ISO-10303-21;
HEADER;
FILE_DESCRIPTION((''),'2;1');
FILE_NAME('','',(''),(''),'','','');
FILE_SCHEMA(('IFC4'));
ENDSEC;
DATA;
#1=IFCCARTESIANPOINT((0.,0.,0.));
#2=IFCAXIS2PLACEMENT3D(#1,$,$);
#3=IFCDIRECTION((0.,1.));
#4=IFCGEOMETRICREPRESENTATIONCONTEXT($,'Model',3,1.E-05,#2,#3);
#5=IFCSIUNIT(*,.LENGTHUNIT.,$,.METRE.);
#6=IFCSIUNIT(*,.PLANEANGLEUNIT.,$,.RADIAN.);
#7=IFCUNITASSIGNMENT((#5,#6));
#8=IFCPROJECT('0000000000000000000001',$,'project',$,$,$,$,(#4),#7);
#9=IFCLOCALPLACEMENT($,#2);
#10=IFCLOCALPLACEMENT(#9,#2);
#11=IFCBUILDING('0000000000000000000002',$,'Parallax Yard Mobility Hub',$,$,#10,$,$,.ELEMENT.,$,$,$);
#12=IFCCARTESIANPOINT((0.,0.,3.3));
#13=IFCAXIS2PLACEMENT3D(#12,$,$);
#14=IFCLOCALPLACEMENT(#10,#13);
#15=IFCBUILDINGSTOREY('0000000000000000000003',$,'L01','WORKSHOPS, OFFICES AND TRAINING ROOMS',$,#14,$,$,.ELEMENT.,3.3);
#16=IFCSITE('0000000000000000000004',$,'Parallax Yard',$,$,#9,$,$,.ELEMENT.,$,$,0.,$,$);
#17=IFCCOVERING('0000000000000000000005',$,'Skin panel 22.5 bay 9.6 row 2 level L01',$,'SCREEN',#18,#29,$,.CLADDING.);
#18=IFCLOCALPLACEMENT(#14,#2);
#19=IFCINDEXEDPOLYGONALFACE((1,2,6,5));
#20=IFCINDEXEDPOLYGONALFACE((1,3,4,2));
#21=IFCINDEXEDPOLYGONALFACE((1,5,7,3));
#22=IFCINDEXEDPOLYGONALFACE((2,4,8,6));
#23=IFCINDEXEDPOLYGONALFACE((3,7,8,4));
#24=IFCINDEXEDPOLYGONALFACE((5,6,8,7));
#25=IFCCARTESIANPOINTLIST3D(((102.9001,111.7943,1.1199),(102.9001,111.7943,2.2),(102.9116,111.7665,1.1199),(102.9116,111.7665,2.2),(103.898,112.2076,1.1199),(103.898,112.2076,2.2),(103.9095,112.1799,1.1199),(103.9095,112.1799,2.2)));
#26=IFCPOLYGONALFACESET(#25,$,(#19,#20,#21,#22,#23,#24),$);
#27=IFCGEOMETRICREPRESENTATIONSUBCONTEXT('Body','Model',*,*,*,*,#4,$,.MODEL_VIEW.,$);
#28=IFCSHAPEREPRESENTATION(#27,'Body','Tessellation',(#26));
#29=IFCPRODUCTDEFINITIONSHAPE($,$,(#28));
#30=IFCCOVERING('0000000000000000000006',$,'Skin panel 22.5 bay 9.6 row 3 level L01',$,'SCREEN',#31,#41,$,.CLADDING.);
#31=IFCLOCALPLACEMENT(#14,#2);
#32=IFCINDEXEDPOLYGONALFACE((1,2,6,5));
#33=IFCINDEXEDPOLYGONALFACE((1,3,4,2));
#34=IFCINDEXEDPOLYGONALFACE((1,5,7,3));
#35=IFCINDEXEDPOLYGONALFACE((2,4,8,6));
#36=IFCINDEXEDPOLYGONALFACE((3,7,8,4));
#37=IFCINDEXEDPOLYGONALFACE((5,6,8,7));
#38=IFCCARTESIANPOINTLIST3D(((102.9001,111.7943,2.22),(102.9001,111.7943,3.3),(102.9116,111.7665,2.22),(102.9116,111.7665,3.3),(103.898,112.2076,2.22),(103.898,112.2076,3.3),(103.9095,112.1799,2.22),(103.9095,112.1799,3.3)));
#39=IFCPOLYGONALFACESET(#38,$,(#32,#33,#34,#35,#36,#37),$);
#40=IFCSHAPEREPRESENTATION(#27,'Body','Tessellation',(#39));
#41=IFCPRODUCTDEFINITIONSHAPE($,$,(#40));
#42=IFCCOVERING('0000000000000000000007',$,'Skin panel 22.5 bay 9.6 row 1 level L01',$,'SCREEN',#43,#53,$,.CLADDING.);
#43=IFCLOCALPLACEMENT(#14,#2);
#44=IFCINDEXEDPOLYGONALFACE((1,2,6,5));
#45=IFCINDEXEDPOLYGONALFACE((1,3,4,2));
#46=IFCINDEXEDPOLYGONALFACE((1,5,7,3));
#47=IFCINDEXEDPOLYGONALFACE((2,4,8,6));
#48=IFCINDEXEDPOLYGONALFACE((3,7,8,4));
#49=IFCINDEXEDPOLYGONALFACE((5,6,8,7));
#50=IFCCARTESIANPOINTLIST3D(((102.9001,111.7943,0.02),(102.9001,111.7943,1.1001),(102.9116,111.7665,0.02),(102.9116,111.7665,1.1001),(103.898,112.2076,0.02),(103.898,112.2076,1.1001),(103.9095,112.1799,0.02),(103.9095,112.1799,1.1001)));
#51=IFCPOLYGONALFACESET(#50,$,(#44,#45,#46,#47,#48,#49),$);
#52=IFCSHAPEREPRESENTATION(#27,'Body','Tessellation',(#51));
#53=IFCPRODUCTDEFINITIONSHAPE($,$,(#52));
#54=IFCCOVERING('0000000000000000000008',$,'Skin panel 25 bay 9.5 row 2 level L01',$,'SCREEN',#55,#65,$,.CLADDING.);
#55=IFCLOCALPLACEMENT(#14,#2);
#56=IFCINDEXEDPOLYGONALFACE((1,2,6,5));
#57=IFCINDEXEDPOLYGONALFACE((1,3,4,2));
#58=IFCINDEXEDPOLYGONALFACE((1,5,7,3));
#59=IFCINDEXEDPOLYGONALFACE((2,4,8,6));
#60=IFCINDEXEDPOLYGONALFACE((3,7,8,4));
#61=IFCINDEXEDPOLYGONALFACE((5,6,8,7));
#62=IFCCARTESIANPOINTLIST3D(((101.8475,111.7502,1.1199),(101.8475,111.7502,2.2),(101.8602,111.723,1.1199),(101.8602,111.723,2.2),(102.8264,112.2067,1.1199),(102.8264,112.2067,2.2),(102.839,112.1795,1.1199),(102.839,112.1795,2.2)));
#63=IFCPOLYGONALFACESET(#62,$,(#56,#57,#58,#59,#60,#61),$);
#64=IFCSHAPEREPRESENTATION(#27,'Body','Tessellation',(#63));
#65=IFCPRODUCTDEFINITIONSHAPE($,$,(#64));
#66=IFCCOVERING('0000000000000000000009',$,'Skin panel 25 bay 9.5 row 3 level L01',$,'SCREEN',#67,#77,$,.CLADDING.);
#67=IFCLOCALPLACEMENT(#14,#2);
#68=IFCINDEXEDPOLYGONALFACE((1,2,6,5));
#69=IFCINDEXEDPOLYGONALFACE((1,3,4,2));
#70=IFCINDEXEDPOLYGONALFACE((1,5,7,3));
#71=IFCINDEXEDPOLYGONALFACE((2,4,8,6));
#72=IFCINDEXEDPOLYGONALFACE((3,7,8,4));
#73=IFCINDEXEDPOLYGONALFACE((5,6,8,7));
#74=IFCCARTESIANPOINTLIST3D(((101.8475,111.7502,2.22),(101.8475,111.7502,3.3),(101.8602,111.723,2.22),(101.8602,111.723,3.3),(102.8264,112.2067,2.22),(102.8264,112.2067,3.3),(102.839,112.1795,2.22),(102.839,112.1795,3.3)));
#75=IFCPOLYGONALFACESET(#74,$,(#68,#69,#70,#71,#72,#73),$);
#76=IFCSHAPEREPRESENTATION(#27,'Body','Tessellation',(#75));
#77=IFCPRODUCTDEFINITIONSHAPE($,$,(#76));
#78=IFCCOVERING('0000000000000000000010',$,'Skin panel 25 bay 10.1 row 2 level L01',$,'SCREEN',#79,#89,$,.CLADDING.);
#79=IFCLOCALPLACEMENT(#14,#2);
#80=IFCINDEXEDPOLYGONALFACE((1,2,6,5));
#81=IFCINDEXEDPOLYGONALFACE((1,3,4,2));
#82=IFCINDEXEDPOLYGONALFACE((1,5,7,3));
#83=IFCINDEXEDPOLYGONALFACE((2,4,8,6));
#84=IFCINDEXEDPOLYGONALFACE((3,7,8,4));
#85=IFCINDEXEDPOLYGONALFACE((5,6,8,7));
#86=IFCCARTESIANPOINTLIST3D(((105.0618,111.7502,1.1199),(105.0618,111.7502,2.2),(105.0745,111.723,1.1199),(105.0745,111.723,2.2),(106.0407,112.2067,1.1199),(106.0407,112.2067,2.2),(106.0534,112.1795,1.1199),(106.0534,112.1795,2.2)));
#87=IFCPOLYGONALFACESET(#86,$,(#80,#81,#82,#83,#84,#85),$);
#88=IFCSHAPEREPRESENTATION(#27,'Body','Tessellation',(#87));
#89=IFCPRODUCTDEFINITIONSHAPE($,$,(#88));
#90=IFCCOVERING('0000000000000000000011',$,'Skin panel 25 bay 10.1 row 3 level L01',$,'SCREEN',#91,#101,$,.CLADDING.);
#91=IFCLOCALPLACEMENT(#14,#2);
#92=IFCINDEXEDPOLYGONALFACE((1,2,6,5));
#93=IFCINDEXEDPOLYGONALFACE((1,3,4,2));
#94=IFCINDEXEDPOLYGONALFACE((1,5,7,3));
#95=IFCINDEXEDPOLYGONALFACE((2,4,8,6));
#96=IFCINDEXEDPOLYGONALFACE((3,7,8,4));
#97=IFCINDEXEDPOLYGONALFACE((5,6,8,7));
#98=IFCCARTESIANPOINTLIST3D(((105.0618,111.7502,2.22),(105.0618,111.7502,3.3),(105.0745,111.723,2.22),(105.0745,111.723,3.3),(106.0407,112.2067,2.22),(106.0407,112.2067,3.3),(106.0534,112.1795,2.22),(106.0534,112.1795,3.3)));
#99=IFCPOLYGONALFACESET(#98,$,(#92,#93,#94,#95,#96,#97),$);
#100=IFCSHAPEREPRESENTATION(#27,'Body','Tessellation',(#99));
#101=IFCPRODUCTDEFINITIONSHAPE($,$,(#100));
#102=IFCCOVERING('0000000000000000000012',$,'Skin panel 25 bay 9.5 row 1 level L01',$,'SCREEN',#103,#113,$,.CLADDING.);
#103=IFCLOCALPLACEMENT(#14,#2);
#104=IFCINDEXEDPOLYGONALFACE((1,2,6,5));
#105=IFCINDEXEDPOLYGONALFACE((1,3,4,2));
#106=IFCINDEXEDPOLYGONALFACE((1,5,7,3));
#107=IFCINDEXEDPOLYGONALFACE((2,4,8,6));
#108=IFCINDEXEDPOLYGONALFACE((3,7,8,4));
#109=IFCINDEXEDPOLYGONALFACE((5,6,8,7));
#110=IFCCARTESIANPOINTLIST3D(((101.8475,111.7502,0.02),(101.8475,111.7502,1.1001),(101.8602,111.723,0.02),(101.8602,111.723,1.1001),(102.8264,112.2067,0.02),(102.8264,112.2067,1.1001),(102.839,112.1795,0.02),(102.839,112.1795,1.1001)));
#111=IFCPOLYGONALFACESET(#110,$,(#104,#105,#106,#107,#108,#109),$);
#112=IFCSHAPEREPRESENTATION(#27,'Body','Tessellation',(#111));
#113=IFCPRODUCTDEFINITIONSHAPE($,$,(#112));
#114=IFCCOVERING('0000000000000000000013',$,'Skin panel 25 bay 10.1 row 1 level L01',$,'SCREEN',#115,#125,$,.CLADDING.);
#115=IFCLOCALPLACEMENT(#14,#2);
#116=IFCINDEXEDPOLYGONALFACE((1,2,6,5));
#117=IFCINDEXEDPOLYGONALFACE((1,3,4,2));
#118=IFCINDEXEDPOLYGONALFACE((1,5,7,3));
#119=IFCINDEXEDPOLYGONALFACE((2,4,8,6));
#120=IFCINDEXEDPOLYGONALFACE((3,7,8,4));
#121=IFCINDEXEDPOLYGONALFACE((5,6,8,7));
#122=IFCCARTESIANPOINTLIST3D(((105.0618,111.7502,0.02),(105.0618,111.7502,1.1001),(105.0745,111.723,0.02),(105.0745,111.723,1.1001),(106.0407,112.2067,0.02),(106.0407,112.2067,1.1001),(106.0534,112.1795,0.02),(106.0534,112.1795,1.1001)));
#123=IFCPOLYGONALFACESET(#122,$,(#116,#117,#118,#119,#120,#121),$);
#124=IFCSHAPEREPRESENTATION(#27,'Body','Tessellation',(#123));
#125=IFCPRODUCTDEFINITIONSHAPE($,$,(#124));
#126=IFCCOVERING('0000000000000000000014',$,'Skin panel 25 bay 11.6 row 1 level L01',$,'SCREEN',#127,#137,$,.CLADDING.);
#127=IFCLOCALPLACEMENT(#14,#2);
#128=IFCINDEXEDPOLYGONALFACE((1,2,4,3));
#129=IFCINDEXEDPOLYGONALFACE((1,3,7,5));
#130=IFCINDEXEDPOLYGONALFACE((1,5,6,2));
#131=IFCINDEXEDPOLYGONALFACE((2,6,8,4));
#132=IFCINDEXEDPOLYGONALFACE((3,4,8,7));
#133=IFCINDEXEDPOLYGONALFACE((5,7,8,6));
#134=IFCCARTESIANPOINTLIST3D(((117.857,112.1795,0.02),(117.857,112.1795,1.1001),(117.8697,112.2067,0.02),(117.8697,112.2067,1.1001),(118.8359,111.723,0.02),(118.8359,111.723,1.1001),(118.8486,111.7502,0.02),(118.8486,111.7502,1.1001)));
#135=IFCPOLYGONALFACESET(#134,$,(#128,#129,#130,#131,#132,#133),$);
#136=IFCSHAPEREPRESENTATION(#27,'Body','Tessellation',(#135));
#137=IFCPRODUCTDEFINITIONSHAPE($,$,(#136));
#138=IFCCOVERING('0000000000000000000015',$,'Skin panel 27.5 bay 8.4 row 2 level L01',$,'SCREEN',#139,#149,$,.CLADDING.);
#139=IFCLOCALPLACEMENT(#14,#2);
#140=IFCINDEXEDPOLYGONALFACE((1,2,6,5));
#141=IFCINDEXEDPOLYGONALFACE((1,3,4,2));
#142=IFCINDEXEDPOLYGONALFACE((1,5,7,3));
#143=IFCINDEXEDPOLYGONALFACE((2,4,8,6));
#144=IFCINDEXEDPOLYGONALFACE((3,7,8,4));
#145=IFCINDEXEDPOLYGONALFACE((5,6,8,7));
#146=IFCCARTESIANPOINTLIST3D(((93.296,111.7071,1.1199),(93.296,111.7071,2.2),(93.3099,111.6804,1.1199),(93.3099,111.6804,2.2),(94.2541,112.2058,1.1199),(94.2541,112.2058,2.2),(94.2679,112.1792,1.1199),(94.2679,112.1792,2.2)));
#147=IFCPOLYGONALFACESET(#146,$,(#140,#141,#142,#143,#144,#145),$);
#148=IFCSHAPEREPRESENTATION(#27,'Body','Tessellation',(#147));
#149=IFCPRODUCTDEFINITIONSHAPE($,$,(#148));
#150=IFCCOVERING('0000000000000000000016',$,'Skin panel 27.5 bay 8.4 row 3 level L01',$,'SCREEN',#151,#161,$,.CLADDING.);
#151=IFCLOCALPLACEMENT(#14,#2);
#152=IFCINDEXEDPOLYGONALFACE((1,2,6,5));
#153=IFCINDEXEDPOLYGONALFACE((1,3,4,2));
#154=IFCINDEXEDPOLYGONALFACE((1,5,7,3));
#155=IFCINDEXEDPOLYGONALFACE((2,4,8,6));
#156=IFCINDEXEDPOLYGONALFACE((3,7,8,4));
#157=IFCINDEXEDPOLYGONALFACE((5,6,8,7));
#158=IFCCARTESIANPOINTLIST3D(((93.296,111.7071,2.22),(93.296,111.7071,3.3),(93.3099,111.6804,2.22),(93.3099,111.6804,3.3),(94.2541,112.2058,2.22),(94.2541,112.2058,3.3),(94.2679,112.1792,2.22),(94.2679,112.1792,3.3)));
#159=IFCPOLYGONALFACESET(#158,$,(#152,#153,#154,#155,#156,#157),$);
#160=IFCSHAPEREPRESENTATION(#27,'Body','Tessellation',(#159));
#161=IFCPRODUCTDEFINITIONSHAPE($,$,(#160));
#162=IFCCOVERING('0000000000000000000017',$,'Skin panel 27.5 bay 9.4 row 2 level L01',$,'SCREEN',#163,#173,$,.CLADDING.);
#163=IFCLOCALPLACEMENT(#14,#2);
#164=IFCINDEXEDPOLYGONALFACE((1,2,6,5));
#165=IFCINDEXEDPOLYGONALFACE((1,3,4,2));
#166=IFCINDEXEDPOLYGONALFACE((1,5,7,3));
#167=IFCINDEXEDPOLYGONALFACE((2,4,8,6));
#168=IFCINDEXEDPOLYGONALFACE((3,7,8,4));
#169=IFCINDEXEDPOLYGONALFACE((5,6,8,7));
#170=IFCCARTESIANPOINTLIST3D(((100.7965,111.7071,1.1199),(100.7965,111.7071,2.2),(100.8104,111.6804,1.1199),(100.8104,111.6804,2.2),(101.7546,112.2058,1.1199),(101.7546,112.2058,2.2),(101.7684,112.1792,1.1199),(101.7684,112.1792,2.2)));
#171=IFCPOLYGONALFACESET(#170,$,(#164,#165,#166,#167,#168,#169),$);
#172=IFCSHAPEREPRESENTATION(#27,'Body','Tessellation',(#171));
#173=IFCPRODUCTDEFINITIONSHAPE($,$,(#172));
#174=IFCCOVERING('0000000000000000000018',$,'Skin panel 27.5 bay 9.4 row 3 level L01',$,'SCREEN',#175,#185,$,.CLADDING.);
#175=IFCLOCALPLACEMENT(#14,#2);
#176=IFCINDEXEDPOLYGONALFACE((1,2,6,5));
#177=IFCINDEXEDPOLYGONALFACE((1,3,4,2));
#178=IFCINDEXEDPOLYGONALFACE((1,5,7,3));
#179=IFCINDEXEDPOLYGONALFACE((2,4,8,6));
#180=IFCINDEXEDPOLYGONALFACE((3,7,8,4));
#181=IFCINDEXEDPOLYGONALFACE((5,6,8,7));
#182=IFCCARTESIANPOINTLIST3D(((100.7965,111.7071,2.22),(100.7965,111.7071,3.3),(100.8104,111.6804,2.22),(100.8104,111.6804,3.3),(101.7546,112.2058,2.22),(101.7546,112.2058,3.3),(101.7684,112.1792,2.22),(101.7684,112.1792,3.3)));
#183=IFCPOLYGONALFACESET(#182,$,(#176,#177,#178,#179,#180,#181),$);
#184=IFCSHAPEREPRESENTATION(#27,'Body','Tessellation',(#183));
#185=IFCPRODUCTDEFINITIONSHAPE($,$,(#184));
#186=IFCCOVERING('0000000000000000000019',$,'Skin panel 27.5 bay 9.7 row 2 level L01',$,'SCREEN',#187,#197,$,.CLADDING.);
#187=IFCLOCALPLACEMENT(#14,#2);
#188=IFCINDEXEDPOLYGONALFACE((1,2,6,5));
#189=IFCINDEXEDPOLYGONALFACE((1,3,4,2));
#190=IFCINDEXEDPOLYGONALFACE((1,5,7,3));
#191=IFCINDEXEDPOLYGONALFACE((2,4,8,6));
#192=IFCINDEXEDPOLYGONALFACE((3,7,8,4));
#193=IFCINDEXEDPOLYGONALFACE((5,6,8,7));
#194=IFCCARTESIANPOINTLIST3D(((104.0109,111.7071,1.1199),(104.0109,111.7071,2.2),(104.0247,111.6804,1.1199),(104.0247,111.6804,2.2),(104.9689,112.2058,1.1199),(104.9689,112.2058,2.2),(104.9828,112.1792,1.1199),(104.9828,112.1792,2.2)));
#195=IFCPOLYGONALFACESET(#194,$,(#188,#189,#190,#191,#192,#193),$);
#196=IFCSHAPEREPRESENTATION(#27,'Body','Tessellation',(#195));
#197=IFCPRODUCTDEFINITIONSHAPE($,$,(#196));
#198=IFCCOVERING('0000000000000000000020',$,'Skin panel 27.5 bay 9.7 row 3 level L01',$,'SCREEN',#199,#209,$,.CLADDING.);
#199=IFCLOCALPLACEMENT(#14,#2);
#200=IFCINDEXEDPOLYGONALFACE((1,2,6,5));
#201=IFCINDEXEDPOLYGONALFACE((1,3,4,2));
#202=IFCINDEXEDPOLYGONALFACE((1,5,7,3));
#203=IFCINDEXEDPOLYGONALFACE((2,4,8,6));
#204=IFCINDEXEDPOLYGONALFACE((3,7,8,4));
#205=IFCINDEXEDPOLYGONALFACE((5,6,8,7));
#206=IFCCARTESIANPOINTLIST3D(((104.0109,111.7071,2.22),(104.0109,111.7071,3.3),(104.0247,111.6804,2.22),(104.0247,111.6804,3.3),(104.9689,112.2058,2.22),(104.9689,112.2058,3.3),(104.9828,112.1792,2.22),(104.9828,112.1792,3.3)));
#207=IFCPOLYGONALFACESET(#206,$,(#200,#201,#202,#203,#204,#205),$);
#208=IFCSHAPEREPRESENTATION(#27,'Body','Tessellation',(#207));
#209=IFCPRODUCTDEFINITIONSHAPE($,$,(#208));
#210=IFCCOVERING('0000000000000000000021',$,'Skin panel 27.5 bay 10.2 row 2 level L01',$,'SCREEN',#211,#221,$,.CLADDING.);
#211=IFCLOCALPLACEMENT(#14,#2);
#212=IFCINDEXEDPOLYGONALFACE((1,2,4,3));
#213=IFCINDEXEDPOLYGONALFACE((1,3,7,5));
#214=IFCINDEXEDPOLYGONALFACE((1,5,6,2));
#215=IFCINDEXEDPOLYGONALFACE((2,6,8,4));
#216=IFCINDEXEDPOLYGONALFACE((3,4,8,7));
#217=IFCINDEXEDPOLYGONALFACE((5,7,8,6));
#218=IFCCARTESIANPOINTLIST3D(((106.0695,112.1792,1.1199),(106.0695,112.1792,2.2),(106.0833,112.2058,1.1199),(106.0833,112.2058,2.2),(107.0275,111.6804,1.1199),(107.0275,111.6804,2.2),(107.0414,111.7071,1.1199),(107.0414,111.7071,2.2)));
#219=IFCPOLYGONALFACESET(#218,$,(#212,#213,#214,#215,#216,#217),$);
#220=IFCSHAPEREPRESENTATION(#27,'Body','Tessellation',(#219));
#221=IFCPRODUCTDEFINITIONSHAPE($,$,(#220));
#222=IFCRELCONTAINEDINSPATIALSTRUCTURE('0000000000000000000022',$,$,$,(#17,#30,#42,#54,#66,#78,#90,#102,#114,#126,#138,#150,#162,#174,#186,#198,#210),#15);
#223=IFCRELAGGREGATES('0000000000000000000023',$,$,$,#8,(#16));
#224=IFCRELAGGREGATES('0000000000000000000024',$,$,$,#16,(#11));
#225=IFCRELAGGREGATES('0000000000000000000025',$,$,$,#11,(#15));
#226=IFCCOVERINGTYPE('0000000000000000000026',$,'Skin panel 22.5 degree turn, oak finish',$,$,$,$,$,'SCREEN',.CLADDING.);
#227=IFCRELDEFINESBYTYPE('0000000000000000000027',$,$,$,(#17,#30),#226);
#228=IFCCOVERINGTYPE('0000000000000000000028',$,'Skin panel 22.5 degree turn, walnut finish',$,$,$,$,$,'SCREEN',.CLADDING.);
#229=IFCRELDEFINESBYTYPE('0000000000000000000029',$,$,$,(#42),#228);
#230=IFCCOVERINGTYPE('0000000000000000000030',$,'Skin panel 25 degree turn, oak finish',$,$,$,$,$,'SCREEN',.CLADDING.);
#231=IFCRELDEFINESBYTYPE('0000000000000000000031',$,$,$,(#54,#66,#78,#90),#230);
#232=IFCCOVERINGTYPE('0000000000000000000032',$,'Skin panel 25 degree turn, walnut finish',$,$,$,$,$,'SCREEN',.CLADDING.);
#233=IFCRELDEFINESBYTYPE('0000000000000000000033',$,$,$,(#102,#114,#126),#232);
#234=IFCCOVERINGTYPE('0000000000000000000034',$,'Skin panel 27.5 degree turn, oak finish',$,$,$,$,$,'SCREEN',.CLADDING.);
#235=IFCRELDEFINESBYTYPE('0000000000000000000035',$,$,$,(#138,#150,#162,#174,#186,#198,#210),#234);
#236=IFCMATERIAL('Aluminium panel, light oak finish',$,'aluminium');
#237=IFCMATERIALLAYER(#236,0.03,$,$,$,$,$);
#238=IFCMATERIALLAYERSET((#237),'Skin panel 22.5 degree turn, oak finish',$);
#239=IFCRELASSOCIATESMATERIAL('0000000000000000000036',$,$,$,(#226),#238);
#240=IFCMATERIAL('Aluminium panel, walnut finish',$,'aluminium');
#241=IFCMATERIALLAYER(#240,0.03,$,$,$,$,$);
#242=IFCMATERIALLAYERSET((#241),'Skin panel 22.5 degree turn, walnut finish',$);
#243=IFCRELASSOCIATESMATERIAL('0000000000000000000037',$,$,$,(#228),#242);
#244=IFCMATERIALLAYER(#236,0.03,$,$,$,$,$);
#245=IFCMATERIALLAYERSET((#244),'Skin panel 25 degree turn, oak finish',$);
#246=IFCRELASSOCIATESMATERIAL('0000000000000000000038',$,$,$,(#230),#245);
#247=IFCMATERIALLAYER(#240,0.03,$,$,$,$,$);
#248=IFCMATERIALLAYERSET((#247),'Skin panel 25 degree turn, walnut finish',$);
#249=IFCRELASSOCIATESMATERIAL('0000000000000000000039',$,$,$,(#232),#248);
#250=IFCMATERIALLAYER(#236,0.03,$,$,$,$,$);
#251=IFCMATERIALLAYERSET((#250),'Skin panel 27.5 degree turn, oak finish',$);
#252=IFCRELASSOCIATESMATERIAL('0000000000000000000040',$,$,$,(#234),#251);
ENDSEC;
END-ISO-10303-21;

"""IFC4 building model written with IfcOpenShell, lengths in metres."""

from ifc_helpers import new_model, si_unit, direction, frame, origin, origin_2d, place, context, subcontext, project, spatial, rectangle, extrude, material, layer, layer_set, type_object, element, save


model = new_model("IFC4")

# Units and contexts
model_context = context("Model", 3, precision=1e-05, world=origin(), true_north=direction((0.0, 1.0)))
body_context = subcontext(model_context, "Body", "Model", "MODEL_VIEW")
ifc_project = project(units=[si_unit("LENGTHUNIT", "METRE"), si_unit("PLANEANGLEUNIT", "RADIAN")], contexts=[model_context])

# Site, building, storey
site_placement = place(None, origin())
site = spatial("IfcSite", under=ifc_project, at=site_placement, Name="Parallax Yard", CompositionType="ELEMENT", RefElevation=0.0)
building_placement = place(site_placement, origin())
building = spatial("IfcBuilding", under=site, at=building_placement, Name="Parallax Yard Mobility Hub", CompositionType="ELEMENT")
storey_placement = place(building_placement, frame((0.0, 0.0, 3.3)))
storey = spatial("IfcBuildingStorey", under=building, at=storey_placement, Name="L01", Description="WORKSHOPS, OFFICES AND TRAINING ROOMS", CompositionType="ELEMENT", Elevation=3.3)

# Coverings
ifc_material_1 = material(Name="Aluminium panel, light oak finish", Category="aluminium")
ifc_layer_1 = layer(ifc_material_1, 0.03)
ifc_layer_set_1 = layer_set([ifc_layer_1], Name="Skin panel 22.5 degree turn, oak finish")
covering_type_1 = type_object("IfcCoveringType", Name="Skin panel 22.5 degree turn, oak finish", ElementType="SCREEN", PredefinedType="CLADDING", material=ifc_layer_set_1)
for number, where, z_axis, x_axis, name in (
    (1, (103.4048, 111.9871, 1.1199), (0.0, 0.0, 1.0), (-0.92388, -0.382683, 0.0), "Skin panel 22.5 bay 9.6 row 2 level L01"),
    (2, (103.4048, 111.9871, 2.22), (0.0, 0.0, 1.0), (-0.92388, -0.382683, 0.0), "Skin panel 22.5 bay 9.6 row 3 level L01"),
):
    element("IfcCovering", number, at=place(storey_placement, frame(where, z_axis=z_axis, x_axis=x_axis)), inside=storey, type_object=covering_type_1, Name=name, ObjectType="SCREEN", PredefinedType="CLADDING", context=body_context, shape_type="SweptSolid", body=[
        extrude(rectangle(XDim=1.0801, YDim=0.03, at=origin_2d()), origin(), (0.0, 0.0, 1.0), 1.0801),
    ])
ifc_material_2 = material(Name="Aluminium panel, walnut finish", Category="aluminium")
ifc_layer_2 = layer(ifc_material_2, 0.03)
ifc_layer_set_2 = layer_set([ifc_layer_2], Name="Skin panel 22.5 degree turn, walnut finish")
covering_type_2 = type_object("IfcCoveringType", Name="Skin panel 22.5 degree turn, walnut finish", ElementType="SCREEN", PredefinedType="CLADDING", material=ifc_layer_set_2)
covering_placement = place(storey_placement, frame((103.4048, 111.9871, 0.02), z_axis=(0.0, 0.0, 1.0), x_axis=(-0.92388, -0.382683, 0.0)))
element("IfcCovering", 3, at=covering_placement, inside=storey, type_object=covering_type_2, Name="Skin panel 22.5 bay 9.6 row 1 level L01", ObjectType="SCREEN", PredefinedType="CLADDING", context=body_context, shape_type="SweptSolid", body=[
    extrude(rectangle(XDim=1.0801, YDim=0.03, at=origin_2d()), origin(), (0.0, 0.0, 1.0), 1.0801),
])
ifc_layer_3 = layer(ifc_material_1, 0.03)
ifc_layer_set_3 = layer_set([ifc_layer_3], Name="Skin panel 25 degree turn, oak finish")
covering_type_3 = type_object("IfcCoveringType", Name="Skin panel 25 degree turn, oak finish", ElementType="SCREEN", PredefinedType="CLADDING", material=ifc_layer_set_3)
for number, where, z_axis, x_axis, name in (
    (4, (102.3433, 111.9648, 1.1199), (0.0, 0.0, 1.0), (-0.906308, -0.422618, 0.0), "Skin panel 25 bay 9.5 row 2 level L01"),
    (5, (102.3433, 111.9648, 2.22), (0.0, 0.0, 1.0), (-0.906308, -0.422618, 0.0), "Skin panel 25 bay 9.5 row 3 level L01"),
    (6, (105.5576, 111.9648, 1.1199), (0.0, 0.0, 1.0), (-0.906308, -0.422618, 0.0), "Skin panel 25 bay 10.1 row 2 level L01"),
    (7, (105.5576, 111.9648, 2.22), (0.0, 0.0, 1.0), (-0.906308, -0.422618, 0.0), "Skin panel 25 bay 10.1 row 3 level L01"),
):
    element("IfcCovering", number, at=place(storey_placement, frame(where, z_axis=z_axis, x_axis=x_axis)), inside=storey, type_object=covering_type_3, Name=name, ObjectType="SCREEN", PredefinedType="CLADDING", context=body_context, shape_type="SweptSolid", body=[
        extrude(rectangle(XDim=1.0801, YDim=0.03, at=origin_2d()), origin(), (0.0, 0.0, 1.0), 1.0801),
    ])
ifc_layer_4 = layer(ifc_material_2, 0.03)
ifc_layer_set_4 = layer_set([ifc_layer_4], Name="Skin panel 25 degree turn, walnut finish")
covering_type_4 = type_object("IfcCoveringType", Name="Skin panel 25 degree turn, walnut finish", ElementType="SCREEN", PredefinedType="CLADDING", material=ifc_layer_set_4)
for number, where, z_axis, x_axis, name in (
    (8, (102.3433, 111.9648, 0.02), (0.0, 0.0, 1.0), (-0.906308, -0.422618, 0.0), "Skin panel 25 bay 9.5 row 1 level L01"),
    (9, (105.5576, 111.9648, 0.02), (0.0, 0.0, 1.0), (-0.906308, -0.422618, 0.0), "Skin panel 25 bay 10.1 row 1 level L01"),
    (10, (118.3528, 111.9648, 0.02), (0.0, 0.0, 1.0), (0.906308, -0.422618, 0.0), "Skin panel 25 bay 11.6 row 1 level L01"),
):
    element("IfcCovering", number, at=place(storey_placement, frame(where, z_axis=z_axis, x_axis=x_axis)), inside=storey, type_object=covering_type_4, Name=name, ObjectType="SCREEN", PredefinedType="CLADDING", context=body_context, shape_type="SweptSolid", body=[
        extrude(rectangle(XDim=1.0801, YDim=0.03, at=origin_2d()), origin(), (0.0, 0.0, 1.0), 1.0801),
    ])
ifc_layer_5 = layer(ifc_material_1, 0.03)
ifc_layer_set_5 = layer_set([ifc_layer_5], Name="Skin panel 27.5 degree turn, oak finish")
covering_type_5 = type_object("IfcCoveringType", Name="Skin panel 27.5 degree turn, oak finish", ElementType="SCREEN", PredefinedType="CLADDING", material=ifc_layer_set_5)
for number, where, z_axis, x_axis, name in (
    (11, (93.782, 111.9431, 1.1199), (0.0, 0.0, 1.0), (-0.887011, -0.461749, 0.0), "Skin panel 27.5 bay 8.4 row 2 level L01"),
    (12, (93.782, 111.9431, 2.22), (0.0, 0.0, 1.0), (-0.887011, -0.461749, 0.0), "Skin panel 27.5 bay 8.4 row 3 level L01"),
    (13, (101.2825, 111.9431, 1.1199), (0.0, 0.0, 1.0), (-0.887011, -0.461749, 0.0), "Skin panel 27.5 bay 9.4 row 2 level L01"),
    (14, (101.2825, 111.9431, 2.22), (0.0, 0.0, 1.0), (-0.887011, -0.461749, 0.0), "Skin panel 27.5 bay 9.4 row 3 level L01"),
    (15, (104.4968, 111.9431, 1.1199), (0.0, 0.0, 1.0), (-0.887011, -0.461749, 0.0), "Skin panel 27.5 bay 9.7 row 2 level L01"),
    (16, (104.4968, 111.9431, 2.22), (0.0, 0.0, 1.0), (-0.887011, -0.461749, 0.0), "Skin panel 27.5 bay 9.7 row 3 level L01"),
    (17, (106.5554, 111.9431, 1.1199), (0.0, 0.0, 1.0), (0.887011, -0.461749, 0.0), "Skin panel 27.5 bay 10.2 row 2 level L01"),
):
    element("IfcCovering", number, at=place(storey_placement, frame(where, z_axis=z_axis, x_axis=x_axis)), inside=storey, type_object=covering_type_5, Name=name, ObjectType="SCREEN", PredefinedType="CLADDING", context=body_context, shape_type="SweptSolid", body=[
        extrude(rectangle(XDim=1.0801, YDim=0.03, at=origin_2d()), origin(), (0.0, 0.0, 1.0), 1.0801),
    ])

save(model, "model.ifc")
